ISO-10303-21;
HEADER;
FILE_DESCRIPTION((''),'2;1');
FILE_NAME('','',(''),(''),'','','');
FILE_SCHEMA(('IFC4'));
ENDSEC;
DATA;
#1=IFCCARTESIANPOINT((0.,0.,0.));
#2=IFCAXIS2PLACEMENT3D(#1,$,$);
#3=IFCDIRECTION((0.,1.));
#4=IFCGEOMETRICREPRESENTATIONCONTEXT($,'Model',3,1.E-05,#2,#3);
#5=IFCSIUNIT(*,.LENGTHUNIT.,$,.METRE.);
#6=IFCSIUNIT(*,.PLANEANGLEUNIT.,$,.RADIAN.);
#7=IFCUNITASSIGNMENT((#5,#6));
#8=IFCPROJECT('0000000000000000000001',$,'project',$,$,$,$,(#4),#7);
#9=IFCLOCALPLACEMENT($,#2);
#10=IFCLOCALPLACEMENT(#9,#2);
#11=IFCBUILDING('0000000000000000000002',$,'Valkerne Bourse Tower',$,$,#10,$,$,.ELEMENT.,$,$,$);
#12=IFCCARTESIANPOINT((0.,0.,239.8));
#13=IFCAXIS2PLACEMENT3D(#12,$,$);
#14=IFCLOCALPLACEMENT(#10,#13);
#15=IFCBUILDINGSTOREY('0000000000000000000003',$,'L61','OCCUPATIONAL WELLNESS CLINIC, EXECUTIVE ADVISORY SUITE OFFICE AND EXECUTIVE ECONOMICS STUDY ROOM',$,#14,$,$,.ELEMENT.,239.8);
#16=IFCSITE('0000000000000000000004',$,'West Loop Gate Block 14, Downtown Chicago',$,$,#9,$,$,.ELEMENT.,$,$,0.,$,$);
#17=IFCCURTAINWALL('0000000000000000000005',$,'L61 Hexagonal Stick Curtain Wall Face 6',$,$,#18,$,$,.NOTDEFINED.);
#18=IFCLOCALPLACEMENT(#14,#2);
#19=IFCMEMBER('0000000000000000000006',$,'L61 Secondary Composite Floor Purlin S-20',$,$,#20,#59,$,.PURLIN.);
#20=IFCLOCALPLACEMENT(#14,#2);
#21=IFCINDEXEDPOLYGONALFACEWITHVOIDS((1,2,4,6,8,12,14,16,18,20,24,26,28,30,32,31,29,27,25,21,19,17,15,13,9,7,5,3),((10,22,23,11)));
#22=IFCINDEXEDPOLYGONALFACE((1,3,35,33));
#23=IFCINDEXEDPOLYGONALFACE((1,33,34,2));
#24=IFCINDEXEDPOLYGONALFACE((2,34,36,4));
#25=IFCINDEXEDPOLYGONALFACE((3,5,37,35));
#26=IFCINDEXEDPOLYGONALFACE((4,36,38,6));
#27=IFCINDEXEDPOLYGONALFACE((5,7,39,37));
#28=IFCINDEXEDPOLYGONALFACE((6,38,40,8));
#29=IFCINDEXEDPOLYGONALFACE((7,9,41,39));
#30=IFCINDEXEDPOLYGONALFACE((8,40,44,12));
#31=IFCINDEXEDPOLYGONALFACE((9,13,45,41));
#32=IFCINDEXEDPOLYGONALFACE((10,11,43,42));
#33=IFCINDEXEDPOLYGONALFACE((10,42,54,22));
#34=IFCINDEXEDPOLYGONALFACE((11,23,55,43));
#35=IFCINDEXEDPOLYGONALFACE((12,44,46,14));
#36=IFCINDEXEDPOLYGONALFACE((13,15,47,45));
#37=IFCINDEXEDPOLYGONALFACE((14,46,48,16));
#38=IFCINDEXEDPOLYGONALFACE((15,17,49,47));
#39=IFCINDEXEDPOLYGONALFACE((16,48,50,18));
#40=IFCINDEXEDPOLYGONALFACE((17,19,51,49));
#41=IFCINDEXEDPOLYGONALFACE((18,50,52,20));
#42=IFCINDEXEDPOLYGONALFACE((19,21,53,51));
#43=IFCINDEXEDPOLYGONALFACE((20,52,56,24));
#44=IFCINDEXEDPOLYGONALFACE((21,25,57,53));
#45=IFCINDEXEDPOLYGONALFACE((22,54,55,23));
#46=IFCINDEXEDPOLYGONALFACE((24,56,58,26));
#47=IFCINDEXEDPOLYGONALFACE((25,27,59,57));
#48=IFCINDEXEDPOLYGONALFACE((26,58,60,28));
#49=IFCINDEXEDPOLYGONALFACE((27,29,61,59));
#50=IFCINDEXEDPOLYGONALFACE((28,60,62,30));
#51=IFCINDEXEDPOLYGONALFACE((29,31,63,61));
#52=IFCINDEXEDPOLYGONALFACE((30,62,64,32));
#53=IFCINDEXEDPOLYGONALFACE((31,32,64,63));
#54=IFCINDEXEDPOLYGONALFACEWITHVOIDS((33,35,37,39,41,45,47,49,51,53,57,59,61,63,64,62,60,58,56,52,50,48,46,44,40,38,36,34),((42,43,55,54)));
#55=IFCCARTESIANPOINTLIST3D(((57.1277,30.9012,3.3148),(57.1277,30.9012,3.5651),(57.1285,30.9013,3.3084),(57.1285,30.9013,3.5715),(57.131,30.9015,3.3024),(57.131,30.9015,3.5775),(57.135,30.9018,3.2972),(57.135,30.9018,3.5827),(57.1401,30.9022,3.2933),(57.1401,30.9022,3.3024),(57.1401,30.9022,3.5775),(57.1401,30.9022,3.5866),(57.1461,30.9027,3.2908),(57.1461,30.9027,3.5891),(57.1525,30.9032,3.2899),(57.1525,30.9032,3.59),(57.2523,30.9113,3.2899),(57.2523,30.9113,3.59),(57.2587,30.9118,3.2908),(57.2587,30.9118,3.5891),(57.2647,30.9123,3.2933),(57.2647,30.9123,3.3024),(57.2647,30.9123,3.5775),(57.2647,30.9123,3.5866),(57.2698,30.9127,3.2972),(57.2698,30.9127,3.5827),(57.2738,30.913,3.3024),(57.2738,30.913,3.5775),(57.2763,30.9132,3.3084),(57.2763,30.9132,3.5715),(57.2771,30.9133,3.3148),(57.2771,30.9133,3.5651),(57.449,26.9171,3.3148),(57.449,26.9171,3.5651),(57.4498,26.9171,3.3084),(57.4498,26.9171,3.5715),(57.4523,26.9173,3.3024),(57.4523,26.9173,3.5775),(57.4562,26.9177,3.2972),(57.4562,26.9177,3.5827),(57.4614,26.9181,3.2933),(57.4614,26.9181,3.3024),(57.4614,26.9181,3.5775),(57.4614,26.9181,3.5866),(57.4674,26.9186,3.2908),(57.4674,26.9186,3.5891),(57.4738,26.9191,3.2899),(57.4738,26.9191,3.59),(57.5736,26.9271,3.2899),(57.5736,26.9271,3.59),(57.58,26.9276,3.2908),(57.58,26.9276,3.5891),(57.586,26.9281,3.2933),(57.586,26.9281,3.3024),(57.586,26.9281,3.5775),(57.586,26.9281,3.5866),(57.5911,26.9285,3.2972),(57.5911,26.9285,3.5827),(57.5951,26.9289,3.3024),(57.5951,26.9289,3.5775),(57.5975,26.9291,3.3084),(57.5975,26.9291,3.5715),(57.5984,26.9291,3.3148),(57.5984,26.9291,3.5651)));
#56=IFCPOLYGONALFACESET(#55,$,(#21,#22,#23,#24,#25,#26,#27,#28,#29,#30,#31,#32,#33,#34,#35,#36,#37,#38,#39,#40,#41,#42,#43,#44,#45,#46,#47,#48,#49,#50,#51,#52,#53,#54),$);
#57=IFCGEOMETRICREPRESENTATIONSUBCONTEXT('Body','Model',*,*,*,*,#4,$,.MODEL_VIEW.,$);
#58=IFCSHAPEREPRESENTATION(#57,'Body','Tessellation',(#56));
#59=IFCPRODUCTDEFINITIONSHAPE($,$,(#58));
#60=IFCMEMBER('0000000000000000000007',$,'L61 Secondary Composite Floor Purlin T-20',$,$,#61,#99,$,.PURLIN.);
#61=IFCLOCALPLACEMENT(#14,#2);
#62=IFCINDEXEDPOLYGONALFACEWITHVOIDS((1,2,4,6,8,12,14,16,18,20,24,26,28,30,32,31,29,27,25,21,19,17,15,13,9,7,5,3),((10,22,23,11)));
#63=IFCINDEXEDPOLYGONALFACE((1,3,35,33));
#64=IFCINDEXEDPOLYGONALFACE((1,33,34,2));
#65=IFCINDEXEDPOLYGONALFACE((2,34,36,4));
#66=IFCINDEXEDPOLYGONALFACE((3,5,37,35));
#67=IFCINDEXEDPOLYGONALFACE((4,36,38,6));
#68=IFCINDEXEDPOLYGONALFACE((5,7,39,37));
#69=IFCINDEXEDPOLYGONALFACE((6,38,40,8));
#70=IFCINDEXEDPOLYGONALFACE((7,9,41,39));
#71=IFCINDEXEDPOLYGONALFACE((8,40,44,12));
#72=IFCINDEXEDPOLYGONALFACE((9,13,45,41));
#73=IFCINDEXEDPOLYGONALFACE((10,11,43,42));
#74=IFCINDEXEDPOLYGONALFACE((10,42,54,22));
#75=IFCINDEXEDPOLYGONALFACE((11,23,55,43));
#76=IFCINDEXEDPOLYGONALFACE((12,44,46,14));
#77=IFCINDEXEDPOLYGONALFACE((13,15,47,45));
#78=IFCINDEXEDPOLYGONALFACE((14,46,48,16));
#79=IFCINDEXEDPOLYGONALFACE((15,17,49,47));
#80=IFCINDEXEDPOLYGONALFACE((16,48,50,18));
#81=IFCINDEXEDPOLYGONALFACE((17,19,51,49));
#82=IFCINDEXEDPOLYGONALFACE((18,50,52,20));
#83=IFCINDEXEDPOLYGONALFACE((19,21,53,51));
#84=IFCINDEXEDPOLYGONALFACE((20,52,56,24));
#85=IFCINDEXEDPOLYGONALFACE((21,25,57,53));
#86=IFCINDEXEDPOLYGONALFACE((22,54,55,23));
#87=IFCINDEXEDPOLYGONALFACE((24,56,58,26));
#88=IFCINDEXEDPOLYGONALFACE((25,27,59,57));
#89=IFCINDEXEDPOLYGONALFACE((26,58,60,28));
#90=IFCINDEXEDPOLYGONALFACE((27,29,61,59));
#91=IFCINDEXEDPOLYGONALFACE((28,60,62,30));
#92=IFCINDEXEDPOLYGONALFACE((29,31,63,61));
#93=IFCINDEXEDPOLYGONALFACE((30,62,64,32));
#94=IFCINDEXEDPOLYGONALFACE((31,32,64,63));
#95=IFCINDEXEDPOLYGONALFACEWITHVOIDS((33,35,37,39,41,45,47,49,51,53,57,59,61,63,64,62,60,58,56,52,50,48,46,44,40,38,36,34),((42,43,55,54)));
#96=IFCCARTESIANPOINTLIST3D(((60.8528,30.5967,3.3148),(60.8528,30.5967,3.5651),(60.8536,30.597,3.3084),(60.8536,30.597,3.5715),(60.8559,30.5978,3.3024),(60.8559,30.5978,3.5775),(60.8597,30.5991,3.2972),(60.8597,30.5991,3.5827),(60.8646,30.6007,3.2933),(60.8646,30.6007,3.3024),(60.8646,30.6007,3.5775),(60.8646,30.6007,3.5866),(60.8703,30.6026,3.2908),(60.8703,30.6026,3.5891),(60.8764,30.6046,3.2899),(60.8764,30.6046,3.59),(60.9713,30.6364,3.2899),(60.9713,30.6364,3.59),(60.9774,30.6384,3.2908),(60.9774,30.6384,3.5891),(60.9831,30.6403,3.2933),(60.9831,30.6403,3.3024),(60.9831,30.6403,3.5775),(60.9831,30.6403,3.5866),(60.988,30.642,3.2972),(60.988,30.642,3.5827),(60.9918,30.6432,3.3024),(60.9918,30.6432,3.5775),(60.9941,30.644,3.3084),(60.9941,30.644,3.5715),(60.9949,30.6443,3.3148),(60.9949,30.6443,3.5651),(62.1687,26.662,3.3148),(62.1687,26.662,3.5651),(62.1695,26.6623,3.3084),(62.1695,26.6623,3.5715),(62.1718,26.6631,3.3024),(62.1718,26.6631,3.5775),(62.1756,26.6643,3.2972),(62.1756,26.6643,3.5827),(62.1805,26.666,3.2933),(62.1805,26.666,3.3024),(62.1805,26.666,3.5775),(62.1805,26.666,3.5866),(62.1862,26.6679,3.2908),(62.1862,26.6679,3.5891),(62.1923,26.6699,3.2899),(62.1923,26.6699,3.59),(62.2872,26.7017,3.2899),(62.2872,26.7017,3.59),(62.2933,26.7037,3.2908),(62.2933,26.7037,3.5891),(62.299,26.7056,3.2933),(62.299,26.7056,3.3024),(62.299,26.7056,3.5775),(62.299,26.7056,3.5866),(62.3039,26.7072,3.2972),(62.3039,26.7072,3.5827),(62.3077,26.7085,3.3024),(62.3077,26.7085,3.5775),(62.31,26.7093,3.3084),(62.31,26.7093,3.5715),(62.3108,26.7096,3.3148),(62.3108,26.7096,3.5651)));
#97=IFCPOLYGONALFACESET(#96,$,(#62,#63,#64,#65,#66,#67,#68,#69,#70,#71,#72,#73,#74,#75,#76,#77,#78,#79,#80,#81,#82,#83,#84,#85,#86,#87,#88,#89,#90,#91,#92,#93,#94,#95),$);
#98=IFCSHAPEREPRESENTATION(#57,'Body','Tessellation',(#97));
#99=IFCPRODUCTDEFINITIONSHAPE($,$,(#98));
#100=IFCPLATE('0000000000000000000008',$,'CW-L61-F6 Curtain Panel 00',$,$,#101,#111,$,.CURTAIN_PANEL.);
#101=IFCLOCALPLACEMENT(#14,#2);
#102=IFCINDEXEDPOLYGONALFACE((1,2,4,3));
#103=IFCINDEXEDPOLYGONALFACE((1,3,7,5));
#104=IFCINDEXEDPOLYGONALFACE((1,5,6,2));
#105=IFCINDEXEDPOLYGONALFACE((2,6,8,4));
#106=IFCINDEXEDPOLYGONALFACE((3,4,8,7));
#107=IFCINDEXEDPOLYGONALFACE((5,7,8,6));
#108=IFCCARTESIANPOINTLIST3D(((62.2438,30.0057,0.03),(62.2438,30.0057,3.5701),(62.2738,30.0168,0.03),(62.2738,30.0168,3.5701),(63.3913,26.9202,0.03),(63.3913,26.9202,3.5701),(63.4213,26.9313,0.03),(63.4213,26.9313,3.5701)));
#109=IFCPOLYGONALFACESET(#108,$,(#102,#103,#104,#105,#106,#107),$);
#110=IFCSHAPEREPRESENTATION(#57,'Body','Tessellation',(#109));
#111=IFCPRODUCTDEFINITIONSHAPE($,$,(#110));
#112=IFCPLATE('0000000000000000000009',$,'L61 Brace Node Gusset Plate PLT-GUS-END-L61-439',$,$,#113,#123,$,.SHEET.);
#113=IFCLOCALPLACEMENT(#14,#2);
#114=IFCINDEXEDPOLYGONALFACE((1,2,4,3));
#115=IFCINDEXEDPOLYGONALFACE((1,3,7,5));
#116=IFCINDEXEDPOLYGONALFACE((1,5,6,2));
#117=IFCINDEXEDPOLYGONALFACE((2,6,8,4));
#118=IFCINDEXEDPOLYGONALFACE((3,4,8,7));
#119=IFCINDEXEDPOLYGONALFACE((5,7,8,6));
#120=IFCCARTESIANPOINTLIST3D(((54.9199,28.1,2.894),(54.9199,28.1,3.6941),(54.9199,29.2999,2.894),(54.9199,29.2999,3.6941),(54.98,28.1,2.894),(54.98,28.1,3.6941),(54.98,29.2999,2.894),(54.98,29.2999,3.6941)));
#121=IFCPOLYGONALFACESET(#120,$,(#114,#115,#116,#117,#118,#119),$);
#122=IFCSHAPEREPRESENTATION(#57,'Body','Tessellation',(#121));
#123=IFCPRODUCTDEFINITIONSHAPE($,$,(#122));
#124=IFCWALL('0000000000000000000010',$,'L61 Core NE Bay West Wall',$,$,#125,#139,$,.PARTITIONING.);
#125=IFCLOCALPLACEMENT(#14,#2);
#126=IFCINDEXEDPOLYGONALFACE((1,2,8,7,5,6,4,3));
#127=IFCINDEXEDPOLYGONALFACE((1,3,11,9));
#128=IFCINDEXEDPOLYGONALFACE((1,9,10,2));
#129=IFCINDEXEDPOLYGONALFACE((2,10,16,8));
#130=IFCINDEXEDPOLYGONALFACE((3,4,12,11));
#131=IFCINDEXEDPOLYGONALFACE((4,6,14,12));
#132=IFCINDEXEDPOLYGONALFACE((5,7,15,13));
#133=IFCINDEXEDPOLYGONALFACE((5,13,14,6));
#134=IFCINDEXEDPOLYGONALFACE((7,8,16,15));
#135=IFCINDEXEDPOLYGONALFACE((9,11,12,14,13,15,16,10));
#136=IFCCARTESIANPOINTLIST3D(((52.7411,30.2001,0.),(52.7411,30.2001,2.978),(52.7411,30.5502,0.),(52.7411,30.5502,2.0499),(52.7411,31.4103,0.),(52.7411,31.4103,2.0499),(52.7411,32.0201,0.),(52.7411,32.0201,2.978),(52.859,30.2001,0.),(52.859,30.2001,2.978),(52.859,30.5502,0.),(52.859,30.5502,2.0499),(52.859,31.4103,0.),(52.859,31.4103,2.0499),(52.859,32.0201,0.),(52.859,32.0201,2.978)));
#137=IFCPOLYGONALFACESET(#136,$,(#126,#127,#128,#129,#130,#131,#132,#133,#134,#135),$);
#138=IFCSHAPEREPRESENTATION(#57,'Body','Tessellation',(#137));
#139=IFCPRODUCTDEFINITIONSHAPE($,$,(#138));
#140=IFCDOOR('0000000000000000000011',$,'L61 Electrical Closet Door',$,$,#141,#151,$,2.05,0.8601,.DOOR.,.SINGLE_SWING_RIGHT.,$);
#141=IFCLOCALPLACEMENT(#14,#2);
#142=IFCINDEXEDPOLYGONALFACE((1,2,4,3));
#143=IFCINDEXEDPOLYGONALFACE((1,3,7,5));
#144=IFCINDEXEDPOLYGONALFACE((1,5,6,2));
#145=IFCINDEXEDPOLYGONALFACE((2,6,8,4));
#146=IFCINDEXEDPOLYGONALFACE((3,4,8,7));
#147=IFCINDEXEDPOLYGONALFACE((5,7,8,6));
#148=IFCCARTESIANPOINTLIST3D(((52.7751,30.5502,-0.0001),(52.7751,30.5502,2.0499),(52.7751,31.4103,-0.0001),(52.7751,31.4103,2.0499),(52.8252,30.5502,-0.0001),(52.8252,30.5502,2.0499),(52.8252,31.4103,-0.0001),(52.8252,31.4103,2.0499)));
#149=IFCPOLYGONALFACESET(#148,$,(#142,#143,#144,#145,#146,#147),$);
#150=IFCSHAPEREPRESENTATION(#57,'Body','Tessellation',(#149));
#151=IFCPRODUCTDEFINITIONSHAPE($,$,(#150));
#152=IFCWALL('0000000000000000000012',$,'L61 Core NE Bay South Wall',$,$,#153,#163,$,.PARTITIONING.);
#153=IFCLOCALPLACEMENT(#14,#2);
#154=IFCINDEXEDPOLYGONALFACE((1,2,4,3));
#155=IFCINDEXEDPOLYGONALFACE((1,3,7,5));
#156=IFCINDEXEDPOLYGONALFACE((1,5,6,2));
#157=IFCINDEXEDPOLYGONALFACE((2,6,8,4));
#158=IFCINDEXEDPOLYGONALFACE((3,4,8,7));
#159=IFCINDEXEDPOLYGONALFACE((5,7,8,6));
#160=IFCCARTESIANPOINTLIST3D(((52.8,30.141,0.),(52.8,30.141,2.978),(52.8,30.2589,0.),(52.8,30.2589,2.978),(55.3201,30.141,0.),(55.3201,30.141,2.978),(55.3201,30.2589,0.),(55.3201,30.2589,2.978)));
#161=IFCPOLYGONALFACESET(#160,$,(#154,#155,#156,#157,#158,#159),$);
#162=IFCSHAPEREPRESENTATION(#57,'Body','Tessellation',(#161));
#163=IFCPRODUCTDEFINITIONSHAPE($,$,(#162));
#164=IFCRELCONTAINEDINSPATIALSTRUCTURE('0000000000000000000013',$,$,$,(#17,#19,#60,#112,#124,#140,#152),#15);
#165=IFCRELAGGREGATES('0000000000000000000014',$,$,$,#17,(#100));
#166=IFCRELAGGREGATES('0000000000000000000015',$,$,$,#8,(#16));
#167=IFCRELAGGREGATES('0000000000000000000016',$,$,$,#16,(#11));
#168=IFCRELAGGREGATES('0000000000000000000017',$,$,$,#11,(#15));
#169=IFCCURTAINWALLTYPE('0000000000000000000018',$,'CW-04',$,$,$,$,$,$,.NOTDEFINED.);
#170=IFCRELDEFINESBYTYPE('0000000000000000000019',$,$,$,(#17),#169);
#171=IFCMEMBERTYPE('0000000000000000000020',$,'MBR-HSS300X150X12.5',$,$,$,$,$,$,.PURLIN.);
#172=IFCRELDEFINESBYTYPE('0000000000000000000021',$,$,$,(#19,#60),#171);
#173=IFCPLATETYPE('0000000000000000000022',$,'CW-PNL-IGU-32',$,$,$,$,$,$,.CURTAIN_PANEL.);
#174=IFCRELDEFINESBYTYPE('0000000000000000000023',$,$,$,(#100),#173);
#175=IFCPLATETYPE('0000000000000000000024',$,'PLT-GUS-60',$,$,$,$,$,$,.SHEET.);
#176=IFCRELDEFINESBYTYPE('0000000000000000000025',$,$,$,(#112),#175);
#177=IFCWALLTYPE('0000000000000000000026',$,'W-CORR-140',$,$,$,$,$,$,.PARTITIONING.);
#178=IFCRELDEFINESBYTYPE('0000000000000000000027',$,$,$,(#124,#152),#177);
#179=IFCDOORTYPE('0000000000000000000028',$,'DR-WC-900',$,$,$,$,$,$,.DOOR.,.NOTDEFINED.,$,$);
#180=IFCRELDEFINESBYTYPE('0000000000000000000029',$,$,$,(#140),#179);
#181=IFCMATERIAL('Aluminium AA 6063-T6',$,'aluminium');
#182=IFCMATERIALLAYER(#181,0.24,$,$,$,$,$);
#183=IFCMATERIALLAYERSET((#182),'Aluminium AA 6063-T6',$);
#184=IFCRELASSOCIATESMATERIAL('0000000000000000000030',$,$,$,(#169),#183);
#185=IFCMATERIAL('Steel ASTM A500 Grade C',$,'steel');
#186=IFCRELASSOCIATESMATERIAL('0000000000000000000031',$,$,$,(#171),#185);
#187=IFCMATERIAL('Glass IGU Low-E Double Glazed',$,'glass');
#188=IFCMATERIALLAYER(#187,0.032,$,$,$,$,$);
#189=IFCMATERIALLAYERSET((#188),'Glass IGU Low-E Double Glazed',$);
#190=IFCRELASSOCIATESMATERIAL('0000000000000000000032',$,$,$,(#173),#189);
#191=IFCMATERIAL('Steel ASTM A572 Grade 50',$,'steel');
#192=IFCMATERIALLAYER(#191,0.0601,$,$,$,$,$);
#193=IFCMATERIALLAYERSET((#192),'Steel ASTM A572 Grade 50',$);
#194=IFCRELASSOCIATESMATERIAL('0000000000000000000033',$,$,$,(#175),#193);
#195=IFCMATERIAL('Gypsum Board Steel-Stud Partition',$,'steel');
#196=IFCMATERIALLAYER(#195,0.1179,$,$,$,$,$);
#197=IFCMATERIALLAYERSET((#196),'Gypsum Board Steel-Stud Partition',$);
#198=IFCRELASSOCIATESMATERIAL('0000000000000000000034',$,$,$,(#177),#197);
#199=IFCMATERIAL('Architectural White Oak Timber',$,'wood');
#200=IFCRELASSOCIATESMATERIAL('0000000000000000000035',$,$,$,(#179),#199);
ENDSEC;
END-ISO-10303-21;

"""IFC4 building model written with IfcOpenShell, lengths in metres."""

from ifc_helpers import new_model, si_unit, direction, frame, frame_2d, origin, origin_2d, place, context, subcontext, project, spatial, rectangle, hollow_rectangle, extrude, material, layer, layer_set, material_profile, profile_set, type_object, element, fill, aggregate, save


model = new_model("IFC4")

# Units and contexts
model_context = context("Model", 3, precision=1e-05, world=origin(), true_north=direction((0.0, 1.0)))
body_context = subcontext(model_context, "Body", "Model", "MODEL_VIEW")
ifc_project = project(units=[si_unit("LENGTHUNIT", "METRE"), si_unit("PLANEANGLEUNIT", "RADIAN")], contexts=[model_context])

# Site, building, storey
site_placement = place(None, origin())
site = spatial("IfcSite", under=ifc_project, at=site_placement, Name="West Loop Gate Block 14, Downtown Chicago", CompositionType="ELEMENT", RefElevation=0.0)
building_placement = place(site_placement, origin())
building = spatial("IfcBuilding", under=site, at=building_placement, Name="Valkerne Bourse Tower", CompositionType="ELEMENT")
storey_placement = place(building_placement, frame((0.0, 0.0, 239.8)))
storey = spatial("IfcBuildingStorey", under=building, at=storey_placement, Name="L61", Description="OCCUPATIONAL WELLNESS CLINIC, EXECUTIVE ADVISORY SUITE OFFICE AND EXECUTIVE ECONOMICS STUDY ROOM", CompositionType="ELEMENT", Elevation=239.8)

# Curtain wall
ifc_material_1 = material(Name="Aluminium AA 6063-T6", Category="aluminium")
ifc_layer_1 = layer(ifc_material_1, 0.24)
ifc_layer_set_1 = layer_set([ifc_layer_1], Name="Aluminium AA 6063-T6")
curtain_wall_type = type_object("IfcCurtainWallType", Name="CW-04", PredefinedType="NOTDEFINED", material=ifc_layer_set_1)
curtain_wall_placement = place(storey_placement, origin())
curtain_wall = element("IfcCurtainWall", 1, at=curtain_wall_placement, inside=storey, type_object=curtain_wall_type, Name="L61 Hexagonal Stick Curtain Wall Face 6", PredefinedType="NOTDEFINED")

# Members
ifc_material_2 = material(Name="Steel ASTM A500 Grade C", Category="steel")
ifc_material_profile_1 = material_profile(ifc_material_2, hollow_rectangle(XDim=0.1499, YDim=0.3, WallThickness=0.0125, OuterFilletRadius=0.0249, at=origin_2d()), Name="HSS300X150X12.5")
ifc_profile_set_1 = profile_set([ifc_material_profile_1], Name="Steel ASTM A500 Grade C")
member_type_1 = type_object("IfcMemberType", Name="MBR-HSS300X150X12.5", PredefinedType="PURLIN", material=ifc_profile_set_1)
member_1_placement = place(storey_placement, frame((57.5237, 26.9231, 3.4399), z_axis=(-0.080381, 0.996764, 0.0), x_axis=(-0.996764, -0.080381, 0.0)))
element("IfcMember", 2, at=member_1_placement, inside=storey, type_object=member_type_1, Name="L61 Secondary Composite Floor Purlin S-20", PredefinedType="PURLIN", context=body_context, shape_type="SweptSolid", body=[
    extrude(hollow_rectangle(XDim=0.1499, YDim=0.3, WallThickness=0.0125, OuterFilletRadius=0.0249, at=origin_2d()), origin(), (0.0, 0.0, 1.0), 3.9971),
])
member_2_placement = place(storey_placement, frame((62.2397, 26.6858, 3.4399), z_axis=(-0.317163, 0.948371, 0.0), x_axis=(-0.948371, -0.317163, 0.0)))
element("IfcMember", 3, at=member_2_placement, inside=storey, type_object=member_type_1, Name="L61 Secondary Composite Floor Purlin T-20", PredefinedType="PURLIN", context=body_context, shape_type="SweptSolid", body=[
    extrude(hollow_rectangle(XDim=0.1499, YDim=0.3, WallThickness=0.0125, OuterFilletRadius=0.0249, at=origin_2d()), origin(), (0.0, 0.0, 1.0), 4.1489),
])

# Plates
ifc_material_3 = material(Name="Glass IGU Low-E Double Glazed", Category="glass")
ifc_layer_2 = layer(ifc_material_3, 0.032)
ifc_layer_set_2 = layer_set([ifc_layer_2], Name="Glass IGU Low-E Double Glazed")
plate_type_1 = type_object("IfcPlateType", Name="CW-PNL-IGU-32", PredefinedType="CURTAIN_PANEL", material=ifc_layer_set_2)
plate_1_placement = place(storey_placement, frame((62.8325, 28.4685, 0.03), z_axis=(0.0, 0.0, 1.0), x_axis=(-0.348578, 0.93728, 0.0)))
plate_1 = element("IfcPlate", 4, at=plate_1_placement, type_object=plate_type_1, Name="CW-L61-F6 Curtain Panel 00", PredefinedType="CURTAIN_PANEL", context=body_context, shape_type="SweptSolid", body=[
    extrude(rectangle(XDim=3.292, YDim=0.032, at=origin_2d()), origin(), (0.0, 0.0, 1.0), 3.54),
])
aggregate(curtain_wall, [plate_1])
ifc_material_4 = material(Name="Steel ASTM A572 Grade 50", Category="steel")
ifc_layer_3 = layer(ifc_material_4, 0.0601)
ifc_layer_set_3 = layer_set([ifc_layer_3], Name="Steel ASTM A572 Grade 50")
plate_type_2 = type_object("IfcPlateType", Name="PLT-GUS-60", PredefinedType="SHEET", material=ifc_layer_set_3)
plate_2_placement = place(storey_placement, frame((54.95, 28.7, 2.894), z_axis=(0.0, 0.0, 1.0), x_axis=(0.0, 1.0, 0.0)))
element("IfcPlate", 5, at=plate_2_placement, inside=storey, type_object=plate_type_2, Name="L61 Brace Node Gusset Plate PLT-GUS-END-L61-439", PredefinedType="SHEET", context=body_context, shape_type="SweptSolid", body=[
    extrude(rectangle(XDim=1.2, YDim=0.0601, at=origin_2d()), origin(), (0.0, 0.0, 1.0), 0.8),
])

# Wall, opening, door
ifc_material_5 = material(Name="Gypsum Board Steel-Stud Partition", Category="steel")
ifc_layer_4 = layer(ifc_material_5, 0.1179)
ifc_layer_set_4 = layer_set([ifc_layer_4], Name="Gypsum Board Steel-Stud Partition")
wall_type = type_object("IfcWallType", Name="W-CORR-140", PredefinedType="PARTITIONING", material=ifc_layer_set_4)
wall_1_placement = place(storey_placement, frame((52.8, 30.2, 0.0), z_axis=(0.0, 0.0, 1.0), x_axis=(0.0, 1.0, 0.0)))
wall_1 = element("IfcWall", 6, at=wall_1_placement, inside=storey, type_object=wall_type, Name="L61 Core NE Bay West Wall", PredefinedType="PARTITIONING", context=body_context, shape_type="SweptSolid", body=[
    extrude(rectangle(XDim=1.8201, YDim=0.1179, at=frame_2d((0.9102, 0.0))), origin(), (0.0, 0.0, 1.0), 2.978),
])
opening_placement = place(wall_1_placement, frame((0.3501, 0.0, 0.0)))
opening = element("IfcOpeningElement", 7, at=opening_placement, cuts=wall_1, PredefinedType="OPENING", context=body_context, shape_type="SweptSolid", body=[
    extrude(rectangle(XDim=0.8601, YDim=2.05, at=frame_2d((0.4302, 1.0249))), frame((0.0, 0.0688, 0.0), z_axis=(0.0, -1.0, 0.0), x_axis=(1.0, 0.0, 0.0)), (0.0, 0.0, 1.0), 0.1379),
])
ifc_material_6 = material(Name="Architectural White Oak Timber", Category="wood")
door_type = type_object("IfcDoorType", Name="DR-WC-900", OperationType="NOTDEFINED", PredefinedType="DOOR", material=ifc_material_6)
door_placement = place(opening_placement, origin())
door = element("IfcDoor", 8, at=door_placement, inside=storey, type_object=door_type, Name="L61 Electrical Closet Door", OperationType="SINGLE_SWING_RIGHT", OverallHeight=2.05, OverallWidth=0.8601, PredefinedType="DOOR", context=body_context, shape_type="SweptSolid", body=[
    extrude(rectangle(XDim=0.8601, YDim=2.05, at=frame_2d((0.4302, 1.0249))), frame((0.0, 0.0249, 0.0), z_axis=(0.0, -1.0, 0.0), x_axis=(1.0, 0.0, 0.0)), (0.0, 0.0, 1.0), 0.05),
])
fill(opening, door)

# Wall
wall_2_placement = place(storey_placement, frame((52.8, 30.2, 0.0), z_axis=(0.0, 0.0, 1.0), x_axis=(1.0, 0.0, 0.0)))
element("IfcWall", 9, at=wall_2_placement, inside=storey, type_object=wall_type, Name="L61 Core NE Bay South Wall", PredefinedType="PARTITIONING", context=body_context, shape_type="SweptSolid", body=[
    extrude(rectangle(XDim=2.52, YDim=0.1179, at=frame_2d((1.26, 0.0))), origin(), (0.0, 0.0, 1.0), 2.978),
])

save(model, "model.ifc")
